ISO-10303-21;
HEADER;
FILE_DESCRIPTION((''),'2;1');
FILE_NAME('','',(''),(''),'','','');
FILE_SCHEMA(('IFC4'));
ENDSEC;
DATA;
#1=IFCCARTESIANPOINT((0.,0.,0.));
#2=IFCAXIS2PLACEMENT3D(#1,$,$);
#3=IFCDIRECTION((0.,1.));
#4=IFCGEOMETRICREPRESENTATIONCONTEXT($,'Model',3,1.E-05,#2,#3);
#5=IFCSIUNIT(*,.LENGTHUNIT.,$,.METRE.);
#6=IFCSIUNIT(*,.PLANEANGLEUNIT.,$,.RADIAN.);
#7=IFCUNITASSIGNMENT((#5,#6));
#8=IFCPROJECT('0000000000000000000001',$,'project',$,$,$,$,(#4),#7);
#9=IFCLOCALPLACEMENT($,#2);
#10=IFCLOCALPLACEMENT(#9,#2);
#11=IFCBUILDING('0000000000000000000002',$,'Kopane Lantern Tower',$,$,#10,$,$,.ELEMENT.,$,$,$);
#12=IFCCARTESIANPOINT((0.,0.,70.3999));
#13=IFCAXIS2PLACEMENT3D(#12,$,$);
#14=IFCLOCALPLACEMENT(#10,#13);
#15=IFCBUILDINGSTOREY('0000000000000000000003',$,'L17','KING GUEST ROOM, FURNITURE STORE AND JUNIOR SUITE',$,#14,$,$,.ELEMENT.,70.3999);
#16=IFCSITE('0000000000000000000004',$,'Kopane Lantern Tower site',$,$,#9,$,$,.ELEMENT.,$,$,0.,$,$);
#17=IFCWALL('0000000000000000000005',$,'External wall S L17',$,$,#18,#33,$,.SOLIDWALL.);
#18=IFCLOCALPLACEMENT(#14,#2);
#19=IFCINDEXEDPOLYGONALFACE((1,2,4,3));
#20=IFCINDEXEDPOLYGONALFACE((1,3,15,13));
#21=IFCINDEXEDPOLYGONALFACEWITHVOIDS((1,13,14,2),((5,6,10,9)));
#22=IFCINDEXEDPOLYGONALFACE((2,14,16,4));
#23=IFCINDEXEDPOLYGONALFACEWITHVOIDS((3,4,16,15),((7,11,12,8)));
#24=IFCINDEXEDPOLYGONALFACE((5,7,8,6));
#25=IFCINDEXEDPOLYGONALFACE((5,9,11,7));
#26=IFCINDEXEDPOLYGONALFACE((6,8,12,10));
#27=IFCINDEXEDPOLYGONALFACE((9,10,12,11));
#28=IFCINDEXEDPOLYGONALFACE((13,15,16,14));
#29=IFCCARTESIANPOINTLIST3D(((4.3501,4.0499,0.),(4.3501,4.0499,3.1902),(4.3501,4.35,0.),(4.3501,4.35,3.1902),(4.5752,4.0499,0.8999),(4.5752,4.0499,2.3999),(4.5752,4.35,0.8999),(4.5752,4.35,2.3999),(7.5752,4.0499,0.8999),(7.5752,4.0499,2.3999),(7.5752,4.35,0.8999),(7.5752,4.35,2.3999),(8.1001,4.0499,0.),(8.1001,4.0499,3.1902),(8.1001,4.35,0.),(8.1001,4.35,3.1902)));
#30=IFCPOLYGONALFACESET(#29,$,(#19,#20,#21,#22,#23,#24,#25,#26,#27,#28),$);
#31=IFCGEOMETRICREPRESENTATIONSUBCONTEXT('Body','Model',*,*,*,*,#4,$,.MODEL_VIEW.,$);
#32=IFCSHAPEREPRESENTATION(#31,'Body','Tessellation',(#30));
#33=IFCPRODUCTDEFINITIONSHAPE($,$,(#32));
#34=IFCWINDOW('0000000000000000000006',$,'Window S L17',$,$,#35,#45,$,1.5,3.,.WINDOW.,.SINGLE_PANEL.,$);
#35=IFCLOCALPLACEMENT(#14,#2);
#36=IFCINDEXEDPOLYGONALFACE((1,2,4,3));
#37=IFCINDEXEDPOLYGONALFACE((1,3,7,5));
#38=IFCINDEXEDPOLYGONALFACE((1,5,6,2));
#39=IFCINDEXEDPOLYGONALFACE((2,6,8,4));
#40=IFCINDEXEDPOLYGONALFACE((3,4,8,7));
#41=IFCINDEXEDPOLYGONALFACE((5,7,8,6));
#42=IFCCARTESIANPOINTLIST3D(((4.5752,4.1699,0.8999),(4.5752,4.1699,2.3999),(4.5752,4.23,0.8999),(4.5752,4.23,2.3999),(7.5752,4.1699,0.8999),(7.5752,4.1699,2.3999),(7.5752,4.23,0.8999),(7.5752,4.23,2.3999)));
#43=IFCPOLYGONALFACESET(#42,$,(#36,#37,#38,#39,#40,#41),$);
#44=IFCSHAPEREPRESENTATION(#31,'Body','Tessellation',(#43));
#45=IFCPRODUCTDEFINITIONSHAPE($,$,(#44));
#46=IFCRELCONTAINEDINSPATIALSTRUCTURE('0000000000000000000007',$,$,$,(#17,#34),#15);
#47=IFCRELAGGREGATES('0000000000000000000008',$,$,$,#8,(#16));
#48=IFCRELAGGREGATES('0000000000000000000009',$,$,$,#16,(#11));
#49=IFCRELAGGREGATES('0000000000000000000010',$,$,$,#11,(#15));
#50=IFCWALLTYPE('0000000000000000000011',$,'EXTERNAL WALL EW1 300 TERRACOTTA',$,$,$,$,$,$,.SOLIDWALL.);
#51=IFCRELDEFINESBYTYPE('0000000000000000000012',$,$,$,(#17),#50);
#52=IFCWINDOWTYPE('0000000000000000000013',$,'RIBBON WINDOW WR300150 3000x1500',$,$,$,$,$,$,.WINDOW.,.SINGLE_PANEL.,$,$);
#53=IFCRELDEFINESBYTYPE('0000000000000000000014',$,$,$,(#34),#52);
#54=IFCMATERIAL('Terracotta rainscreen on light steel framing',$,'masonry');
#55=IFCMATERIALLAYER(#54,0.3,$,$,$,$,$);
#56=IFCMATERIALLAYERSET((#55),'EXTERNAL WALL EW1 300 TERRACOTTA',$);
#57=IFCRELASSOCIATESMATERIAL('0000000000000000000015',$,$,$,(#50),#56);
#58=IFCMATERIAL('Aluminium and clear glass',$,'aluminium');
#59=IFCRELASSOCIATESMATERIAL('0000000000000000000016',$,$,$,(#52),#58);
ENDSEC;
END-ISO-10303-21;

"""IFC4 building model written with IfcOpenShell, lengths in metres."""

from ifc_helpers import new_model, si_unit, direction, frame, frame_2d, origin, place, context, subcontext, project, spatial, rectangle, extrude, material, layer, layer_set, type_object, element, fill, save


model = new_model("IFC4")

# Units and contexts
model_context = context("Model", 3, precision=1e-05, world=origin(), true_north=direction((0.0, 1.0)))
body_context = subcontext(model_context, "Body", "Model", "MODEL_VIEW")
ifc_project = project(units=[si_unit("LENGTHUNIT", "METRE"), si_unit("PLANEANGLEUNIT", "RADIAN")], contexts=[model_context])

# Site, building, storey
site_placement = place(None, origin())
site = spatial("IfcSite", under=ifc_project, at=site_placement, Name="Kopane Lantern Tower site", CompositionType="ELEMENT", RefElevation=0.0)
building_placement = place(site_placement, origin())
building = spatial("IfcBuilding", under=site, at=building_placement, Name="Kopane Lantern Tower", CompositionType="ELEMENT")
storey_placement = place(building_placement, frame((0.0, 0.0, 70.3999)))
storey = spatial("IfcBuildingStorey", under=building, at=storey_placement, Name="L17", Description="KING GUEST ROOM, FURNITURE STORE AND JUNIOR SUITE", CompositionType="ELEMENT", Elevation=70.3999)

# Wall, opening, window
ifc_material_1 = material(Name="Terracotta rainscreen on light steel framing", Category="masonry")
ifc_layer_1 = layer(ifc_material_1, 0.3)
ifc_layer_set_1 = layer_set([ifc_layer_1], Name="EXTERNAL WALL EW1 300 TERRACOTTA")
wall_type_1 = type_object("IfcWallType", Name="EXTERNAL WALL EW1 300 TERRACOTTA", PredefinedType="SOLIDWALL", material=ifc_layer_set_1)
ifc_material_2 = material(Name="Aluminium and clear glass", Category="aluminium")
window_type = type_object("IfcWindowType", Name="RIBBON WINDOW WR300150 3000x1500", PartitioningType="SINGLE_PANEL", PredefinedType="WINDOW", material=ifc_material_2)
wall_1_placement = place(storey_placement, frame((4.3501, 4.2, 0.0), z_axis=(0.0, 0.0, 1.0), x_axis=(1.0, 0.0, 0.0)))
wall_1 = element("IfcWall", 1, at=wall_1_placement, inside=storey, type_object=wall_type_1, Name="External wall S L17", PredefinedType="SOLIDWALL", context=body_context, shape_type="SweptSolid", body=[
    extrude(rectangle(XDim=3.75, YDim=0.3, at=frame_2d((1.875, 0.0))), origin(), (0.0, 0.0, 1.0), 3.1902),
])
opening_1_placement = place(wall_1_placement, frame((0.2251, 0.0, 0.8999)))
opening_1 = element("IfcOpeningElement", 2, at=opening_1_placement, cuts=wall_1, PredefinedType="OPENING", context=body_context, shape_type="SweptSolid", body=[
    extrude(rectangle(XDim=3.0, YDim=1.5, at=frame_2d((1.5, 0.75))), frame((0.0, 0.1599, 0.0), z_axis=(0.0, -1.0, 0.0), x_axis=(1.0, 0.0, 0.0)), (0.0, 0.0, 1.0), 0.3201),
])
window_1_placement = place(opening_1_placement, origin())
window_1 = element("IfcWindow", 3, at=window_1_placement, inside=storey, type_object=window_type, Name="Window S L17", OverallHeight=1.5, OverallWidth=3.0, PartitioningType="SINGLE_PANEL", PredefinedType="WINDOW", context=body_context, shape_type="SweptSolid", body=[
    extrude(rectangle(XDim=3.0, YDim=1.5, at=frame_2d((1.5, 0.75))), frame((0.0, 0.03, 0.0), z_axis=(0.0, -1.0, 0.0), x_axis=(1.0, 0.0, 0.0)), (0.0, 0.0, 1.0), 0.0601),
])
fill(opening_1, window_1)

save(model, "model.ifc")
